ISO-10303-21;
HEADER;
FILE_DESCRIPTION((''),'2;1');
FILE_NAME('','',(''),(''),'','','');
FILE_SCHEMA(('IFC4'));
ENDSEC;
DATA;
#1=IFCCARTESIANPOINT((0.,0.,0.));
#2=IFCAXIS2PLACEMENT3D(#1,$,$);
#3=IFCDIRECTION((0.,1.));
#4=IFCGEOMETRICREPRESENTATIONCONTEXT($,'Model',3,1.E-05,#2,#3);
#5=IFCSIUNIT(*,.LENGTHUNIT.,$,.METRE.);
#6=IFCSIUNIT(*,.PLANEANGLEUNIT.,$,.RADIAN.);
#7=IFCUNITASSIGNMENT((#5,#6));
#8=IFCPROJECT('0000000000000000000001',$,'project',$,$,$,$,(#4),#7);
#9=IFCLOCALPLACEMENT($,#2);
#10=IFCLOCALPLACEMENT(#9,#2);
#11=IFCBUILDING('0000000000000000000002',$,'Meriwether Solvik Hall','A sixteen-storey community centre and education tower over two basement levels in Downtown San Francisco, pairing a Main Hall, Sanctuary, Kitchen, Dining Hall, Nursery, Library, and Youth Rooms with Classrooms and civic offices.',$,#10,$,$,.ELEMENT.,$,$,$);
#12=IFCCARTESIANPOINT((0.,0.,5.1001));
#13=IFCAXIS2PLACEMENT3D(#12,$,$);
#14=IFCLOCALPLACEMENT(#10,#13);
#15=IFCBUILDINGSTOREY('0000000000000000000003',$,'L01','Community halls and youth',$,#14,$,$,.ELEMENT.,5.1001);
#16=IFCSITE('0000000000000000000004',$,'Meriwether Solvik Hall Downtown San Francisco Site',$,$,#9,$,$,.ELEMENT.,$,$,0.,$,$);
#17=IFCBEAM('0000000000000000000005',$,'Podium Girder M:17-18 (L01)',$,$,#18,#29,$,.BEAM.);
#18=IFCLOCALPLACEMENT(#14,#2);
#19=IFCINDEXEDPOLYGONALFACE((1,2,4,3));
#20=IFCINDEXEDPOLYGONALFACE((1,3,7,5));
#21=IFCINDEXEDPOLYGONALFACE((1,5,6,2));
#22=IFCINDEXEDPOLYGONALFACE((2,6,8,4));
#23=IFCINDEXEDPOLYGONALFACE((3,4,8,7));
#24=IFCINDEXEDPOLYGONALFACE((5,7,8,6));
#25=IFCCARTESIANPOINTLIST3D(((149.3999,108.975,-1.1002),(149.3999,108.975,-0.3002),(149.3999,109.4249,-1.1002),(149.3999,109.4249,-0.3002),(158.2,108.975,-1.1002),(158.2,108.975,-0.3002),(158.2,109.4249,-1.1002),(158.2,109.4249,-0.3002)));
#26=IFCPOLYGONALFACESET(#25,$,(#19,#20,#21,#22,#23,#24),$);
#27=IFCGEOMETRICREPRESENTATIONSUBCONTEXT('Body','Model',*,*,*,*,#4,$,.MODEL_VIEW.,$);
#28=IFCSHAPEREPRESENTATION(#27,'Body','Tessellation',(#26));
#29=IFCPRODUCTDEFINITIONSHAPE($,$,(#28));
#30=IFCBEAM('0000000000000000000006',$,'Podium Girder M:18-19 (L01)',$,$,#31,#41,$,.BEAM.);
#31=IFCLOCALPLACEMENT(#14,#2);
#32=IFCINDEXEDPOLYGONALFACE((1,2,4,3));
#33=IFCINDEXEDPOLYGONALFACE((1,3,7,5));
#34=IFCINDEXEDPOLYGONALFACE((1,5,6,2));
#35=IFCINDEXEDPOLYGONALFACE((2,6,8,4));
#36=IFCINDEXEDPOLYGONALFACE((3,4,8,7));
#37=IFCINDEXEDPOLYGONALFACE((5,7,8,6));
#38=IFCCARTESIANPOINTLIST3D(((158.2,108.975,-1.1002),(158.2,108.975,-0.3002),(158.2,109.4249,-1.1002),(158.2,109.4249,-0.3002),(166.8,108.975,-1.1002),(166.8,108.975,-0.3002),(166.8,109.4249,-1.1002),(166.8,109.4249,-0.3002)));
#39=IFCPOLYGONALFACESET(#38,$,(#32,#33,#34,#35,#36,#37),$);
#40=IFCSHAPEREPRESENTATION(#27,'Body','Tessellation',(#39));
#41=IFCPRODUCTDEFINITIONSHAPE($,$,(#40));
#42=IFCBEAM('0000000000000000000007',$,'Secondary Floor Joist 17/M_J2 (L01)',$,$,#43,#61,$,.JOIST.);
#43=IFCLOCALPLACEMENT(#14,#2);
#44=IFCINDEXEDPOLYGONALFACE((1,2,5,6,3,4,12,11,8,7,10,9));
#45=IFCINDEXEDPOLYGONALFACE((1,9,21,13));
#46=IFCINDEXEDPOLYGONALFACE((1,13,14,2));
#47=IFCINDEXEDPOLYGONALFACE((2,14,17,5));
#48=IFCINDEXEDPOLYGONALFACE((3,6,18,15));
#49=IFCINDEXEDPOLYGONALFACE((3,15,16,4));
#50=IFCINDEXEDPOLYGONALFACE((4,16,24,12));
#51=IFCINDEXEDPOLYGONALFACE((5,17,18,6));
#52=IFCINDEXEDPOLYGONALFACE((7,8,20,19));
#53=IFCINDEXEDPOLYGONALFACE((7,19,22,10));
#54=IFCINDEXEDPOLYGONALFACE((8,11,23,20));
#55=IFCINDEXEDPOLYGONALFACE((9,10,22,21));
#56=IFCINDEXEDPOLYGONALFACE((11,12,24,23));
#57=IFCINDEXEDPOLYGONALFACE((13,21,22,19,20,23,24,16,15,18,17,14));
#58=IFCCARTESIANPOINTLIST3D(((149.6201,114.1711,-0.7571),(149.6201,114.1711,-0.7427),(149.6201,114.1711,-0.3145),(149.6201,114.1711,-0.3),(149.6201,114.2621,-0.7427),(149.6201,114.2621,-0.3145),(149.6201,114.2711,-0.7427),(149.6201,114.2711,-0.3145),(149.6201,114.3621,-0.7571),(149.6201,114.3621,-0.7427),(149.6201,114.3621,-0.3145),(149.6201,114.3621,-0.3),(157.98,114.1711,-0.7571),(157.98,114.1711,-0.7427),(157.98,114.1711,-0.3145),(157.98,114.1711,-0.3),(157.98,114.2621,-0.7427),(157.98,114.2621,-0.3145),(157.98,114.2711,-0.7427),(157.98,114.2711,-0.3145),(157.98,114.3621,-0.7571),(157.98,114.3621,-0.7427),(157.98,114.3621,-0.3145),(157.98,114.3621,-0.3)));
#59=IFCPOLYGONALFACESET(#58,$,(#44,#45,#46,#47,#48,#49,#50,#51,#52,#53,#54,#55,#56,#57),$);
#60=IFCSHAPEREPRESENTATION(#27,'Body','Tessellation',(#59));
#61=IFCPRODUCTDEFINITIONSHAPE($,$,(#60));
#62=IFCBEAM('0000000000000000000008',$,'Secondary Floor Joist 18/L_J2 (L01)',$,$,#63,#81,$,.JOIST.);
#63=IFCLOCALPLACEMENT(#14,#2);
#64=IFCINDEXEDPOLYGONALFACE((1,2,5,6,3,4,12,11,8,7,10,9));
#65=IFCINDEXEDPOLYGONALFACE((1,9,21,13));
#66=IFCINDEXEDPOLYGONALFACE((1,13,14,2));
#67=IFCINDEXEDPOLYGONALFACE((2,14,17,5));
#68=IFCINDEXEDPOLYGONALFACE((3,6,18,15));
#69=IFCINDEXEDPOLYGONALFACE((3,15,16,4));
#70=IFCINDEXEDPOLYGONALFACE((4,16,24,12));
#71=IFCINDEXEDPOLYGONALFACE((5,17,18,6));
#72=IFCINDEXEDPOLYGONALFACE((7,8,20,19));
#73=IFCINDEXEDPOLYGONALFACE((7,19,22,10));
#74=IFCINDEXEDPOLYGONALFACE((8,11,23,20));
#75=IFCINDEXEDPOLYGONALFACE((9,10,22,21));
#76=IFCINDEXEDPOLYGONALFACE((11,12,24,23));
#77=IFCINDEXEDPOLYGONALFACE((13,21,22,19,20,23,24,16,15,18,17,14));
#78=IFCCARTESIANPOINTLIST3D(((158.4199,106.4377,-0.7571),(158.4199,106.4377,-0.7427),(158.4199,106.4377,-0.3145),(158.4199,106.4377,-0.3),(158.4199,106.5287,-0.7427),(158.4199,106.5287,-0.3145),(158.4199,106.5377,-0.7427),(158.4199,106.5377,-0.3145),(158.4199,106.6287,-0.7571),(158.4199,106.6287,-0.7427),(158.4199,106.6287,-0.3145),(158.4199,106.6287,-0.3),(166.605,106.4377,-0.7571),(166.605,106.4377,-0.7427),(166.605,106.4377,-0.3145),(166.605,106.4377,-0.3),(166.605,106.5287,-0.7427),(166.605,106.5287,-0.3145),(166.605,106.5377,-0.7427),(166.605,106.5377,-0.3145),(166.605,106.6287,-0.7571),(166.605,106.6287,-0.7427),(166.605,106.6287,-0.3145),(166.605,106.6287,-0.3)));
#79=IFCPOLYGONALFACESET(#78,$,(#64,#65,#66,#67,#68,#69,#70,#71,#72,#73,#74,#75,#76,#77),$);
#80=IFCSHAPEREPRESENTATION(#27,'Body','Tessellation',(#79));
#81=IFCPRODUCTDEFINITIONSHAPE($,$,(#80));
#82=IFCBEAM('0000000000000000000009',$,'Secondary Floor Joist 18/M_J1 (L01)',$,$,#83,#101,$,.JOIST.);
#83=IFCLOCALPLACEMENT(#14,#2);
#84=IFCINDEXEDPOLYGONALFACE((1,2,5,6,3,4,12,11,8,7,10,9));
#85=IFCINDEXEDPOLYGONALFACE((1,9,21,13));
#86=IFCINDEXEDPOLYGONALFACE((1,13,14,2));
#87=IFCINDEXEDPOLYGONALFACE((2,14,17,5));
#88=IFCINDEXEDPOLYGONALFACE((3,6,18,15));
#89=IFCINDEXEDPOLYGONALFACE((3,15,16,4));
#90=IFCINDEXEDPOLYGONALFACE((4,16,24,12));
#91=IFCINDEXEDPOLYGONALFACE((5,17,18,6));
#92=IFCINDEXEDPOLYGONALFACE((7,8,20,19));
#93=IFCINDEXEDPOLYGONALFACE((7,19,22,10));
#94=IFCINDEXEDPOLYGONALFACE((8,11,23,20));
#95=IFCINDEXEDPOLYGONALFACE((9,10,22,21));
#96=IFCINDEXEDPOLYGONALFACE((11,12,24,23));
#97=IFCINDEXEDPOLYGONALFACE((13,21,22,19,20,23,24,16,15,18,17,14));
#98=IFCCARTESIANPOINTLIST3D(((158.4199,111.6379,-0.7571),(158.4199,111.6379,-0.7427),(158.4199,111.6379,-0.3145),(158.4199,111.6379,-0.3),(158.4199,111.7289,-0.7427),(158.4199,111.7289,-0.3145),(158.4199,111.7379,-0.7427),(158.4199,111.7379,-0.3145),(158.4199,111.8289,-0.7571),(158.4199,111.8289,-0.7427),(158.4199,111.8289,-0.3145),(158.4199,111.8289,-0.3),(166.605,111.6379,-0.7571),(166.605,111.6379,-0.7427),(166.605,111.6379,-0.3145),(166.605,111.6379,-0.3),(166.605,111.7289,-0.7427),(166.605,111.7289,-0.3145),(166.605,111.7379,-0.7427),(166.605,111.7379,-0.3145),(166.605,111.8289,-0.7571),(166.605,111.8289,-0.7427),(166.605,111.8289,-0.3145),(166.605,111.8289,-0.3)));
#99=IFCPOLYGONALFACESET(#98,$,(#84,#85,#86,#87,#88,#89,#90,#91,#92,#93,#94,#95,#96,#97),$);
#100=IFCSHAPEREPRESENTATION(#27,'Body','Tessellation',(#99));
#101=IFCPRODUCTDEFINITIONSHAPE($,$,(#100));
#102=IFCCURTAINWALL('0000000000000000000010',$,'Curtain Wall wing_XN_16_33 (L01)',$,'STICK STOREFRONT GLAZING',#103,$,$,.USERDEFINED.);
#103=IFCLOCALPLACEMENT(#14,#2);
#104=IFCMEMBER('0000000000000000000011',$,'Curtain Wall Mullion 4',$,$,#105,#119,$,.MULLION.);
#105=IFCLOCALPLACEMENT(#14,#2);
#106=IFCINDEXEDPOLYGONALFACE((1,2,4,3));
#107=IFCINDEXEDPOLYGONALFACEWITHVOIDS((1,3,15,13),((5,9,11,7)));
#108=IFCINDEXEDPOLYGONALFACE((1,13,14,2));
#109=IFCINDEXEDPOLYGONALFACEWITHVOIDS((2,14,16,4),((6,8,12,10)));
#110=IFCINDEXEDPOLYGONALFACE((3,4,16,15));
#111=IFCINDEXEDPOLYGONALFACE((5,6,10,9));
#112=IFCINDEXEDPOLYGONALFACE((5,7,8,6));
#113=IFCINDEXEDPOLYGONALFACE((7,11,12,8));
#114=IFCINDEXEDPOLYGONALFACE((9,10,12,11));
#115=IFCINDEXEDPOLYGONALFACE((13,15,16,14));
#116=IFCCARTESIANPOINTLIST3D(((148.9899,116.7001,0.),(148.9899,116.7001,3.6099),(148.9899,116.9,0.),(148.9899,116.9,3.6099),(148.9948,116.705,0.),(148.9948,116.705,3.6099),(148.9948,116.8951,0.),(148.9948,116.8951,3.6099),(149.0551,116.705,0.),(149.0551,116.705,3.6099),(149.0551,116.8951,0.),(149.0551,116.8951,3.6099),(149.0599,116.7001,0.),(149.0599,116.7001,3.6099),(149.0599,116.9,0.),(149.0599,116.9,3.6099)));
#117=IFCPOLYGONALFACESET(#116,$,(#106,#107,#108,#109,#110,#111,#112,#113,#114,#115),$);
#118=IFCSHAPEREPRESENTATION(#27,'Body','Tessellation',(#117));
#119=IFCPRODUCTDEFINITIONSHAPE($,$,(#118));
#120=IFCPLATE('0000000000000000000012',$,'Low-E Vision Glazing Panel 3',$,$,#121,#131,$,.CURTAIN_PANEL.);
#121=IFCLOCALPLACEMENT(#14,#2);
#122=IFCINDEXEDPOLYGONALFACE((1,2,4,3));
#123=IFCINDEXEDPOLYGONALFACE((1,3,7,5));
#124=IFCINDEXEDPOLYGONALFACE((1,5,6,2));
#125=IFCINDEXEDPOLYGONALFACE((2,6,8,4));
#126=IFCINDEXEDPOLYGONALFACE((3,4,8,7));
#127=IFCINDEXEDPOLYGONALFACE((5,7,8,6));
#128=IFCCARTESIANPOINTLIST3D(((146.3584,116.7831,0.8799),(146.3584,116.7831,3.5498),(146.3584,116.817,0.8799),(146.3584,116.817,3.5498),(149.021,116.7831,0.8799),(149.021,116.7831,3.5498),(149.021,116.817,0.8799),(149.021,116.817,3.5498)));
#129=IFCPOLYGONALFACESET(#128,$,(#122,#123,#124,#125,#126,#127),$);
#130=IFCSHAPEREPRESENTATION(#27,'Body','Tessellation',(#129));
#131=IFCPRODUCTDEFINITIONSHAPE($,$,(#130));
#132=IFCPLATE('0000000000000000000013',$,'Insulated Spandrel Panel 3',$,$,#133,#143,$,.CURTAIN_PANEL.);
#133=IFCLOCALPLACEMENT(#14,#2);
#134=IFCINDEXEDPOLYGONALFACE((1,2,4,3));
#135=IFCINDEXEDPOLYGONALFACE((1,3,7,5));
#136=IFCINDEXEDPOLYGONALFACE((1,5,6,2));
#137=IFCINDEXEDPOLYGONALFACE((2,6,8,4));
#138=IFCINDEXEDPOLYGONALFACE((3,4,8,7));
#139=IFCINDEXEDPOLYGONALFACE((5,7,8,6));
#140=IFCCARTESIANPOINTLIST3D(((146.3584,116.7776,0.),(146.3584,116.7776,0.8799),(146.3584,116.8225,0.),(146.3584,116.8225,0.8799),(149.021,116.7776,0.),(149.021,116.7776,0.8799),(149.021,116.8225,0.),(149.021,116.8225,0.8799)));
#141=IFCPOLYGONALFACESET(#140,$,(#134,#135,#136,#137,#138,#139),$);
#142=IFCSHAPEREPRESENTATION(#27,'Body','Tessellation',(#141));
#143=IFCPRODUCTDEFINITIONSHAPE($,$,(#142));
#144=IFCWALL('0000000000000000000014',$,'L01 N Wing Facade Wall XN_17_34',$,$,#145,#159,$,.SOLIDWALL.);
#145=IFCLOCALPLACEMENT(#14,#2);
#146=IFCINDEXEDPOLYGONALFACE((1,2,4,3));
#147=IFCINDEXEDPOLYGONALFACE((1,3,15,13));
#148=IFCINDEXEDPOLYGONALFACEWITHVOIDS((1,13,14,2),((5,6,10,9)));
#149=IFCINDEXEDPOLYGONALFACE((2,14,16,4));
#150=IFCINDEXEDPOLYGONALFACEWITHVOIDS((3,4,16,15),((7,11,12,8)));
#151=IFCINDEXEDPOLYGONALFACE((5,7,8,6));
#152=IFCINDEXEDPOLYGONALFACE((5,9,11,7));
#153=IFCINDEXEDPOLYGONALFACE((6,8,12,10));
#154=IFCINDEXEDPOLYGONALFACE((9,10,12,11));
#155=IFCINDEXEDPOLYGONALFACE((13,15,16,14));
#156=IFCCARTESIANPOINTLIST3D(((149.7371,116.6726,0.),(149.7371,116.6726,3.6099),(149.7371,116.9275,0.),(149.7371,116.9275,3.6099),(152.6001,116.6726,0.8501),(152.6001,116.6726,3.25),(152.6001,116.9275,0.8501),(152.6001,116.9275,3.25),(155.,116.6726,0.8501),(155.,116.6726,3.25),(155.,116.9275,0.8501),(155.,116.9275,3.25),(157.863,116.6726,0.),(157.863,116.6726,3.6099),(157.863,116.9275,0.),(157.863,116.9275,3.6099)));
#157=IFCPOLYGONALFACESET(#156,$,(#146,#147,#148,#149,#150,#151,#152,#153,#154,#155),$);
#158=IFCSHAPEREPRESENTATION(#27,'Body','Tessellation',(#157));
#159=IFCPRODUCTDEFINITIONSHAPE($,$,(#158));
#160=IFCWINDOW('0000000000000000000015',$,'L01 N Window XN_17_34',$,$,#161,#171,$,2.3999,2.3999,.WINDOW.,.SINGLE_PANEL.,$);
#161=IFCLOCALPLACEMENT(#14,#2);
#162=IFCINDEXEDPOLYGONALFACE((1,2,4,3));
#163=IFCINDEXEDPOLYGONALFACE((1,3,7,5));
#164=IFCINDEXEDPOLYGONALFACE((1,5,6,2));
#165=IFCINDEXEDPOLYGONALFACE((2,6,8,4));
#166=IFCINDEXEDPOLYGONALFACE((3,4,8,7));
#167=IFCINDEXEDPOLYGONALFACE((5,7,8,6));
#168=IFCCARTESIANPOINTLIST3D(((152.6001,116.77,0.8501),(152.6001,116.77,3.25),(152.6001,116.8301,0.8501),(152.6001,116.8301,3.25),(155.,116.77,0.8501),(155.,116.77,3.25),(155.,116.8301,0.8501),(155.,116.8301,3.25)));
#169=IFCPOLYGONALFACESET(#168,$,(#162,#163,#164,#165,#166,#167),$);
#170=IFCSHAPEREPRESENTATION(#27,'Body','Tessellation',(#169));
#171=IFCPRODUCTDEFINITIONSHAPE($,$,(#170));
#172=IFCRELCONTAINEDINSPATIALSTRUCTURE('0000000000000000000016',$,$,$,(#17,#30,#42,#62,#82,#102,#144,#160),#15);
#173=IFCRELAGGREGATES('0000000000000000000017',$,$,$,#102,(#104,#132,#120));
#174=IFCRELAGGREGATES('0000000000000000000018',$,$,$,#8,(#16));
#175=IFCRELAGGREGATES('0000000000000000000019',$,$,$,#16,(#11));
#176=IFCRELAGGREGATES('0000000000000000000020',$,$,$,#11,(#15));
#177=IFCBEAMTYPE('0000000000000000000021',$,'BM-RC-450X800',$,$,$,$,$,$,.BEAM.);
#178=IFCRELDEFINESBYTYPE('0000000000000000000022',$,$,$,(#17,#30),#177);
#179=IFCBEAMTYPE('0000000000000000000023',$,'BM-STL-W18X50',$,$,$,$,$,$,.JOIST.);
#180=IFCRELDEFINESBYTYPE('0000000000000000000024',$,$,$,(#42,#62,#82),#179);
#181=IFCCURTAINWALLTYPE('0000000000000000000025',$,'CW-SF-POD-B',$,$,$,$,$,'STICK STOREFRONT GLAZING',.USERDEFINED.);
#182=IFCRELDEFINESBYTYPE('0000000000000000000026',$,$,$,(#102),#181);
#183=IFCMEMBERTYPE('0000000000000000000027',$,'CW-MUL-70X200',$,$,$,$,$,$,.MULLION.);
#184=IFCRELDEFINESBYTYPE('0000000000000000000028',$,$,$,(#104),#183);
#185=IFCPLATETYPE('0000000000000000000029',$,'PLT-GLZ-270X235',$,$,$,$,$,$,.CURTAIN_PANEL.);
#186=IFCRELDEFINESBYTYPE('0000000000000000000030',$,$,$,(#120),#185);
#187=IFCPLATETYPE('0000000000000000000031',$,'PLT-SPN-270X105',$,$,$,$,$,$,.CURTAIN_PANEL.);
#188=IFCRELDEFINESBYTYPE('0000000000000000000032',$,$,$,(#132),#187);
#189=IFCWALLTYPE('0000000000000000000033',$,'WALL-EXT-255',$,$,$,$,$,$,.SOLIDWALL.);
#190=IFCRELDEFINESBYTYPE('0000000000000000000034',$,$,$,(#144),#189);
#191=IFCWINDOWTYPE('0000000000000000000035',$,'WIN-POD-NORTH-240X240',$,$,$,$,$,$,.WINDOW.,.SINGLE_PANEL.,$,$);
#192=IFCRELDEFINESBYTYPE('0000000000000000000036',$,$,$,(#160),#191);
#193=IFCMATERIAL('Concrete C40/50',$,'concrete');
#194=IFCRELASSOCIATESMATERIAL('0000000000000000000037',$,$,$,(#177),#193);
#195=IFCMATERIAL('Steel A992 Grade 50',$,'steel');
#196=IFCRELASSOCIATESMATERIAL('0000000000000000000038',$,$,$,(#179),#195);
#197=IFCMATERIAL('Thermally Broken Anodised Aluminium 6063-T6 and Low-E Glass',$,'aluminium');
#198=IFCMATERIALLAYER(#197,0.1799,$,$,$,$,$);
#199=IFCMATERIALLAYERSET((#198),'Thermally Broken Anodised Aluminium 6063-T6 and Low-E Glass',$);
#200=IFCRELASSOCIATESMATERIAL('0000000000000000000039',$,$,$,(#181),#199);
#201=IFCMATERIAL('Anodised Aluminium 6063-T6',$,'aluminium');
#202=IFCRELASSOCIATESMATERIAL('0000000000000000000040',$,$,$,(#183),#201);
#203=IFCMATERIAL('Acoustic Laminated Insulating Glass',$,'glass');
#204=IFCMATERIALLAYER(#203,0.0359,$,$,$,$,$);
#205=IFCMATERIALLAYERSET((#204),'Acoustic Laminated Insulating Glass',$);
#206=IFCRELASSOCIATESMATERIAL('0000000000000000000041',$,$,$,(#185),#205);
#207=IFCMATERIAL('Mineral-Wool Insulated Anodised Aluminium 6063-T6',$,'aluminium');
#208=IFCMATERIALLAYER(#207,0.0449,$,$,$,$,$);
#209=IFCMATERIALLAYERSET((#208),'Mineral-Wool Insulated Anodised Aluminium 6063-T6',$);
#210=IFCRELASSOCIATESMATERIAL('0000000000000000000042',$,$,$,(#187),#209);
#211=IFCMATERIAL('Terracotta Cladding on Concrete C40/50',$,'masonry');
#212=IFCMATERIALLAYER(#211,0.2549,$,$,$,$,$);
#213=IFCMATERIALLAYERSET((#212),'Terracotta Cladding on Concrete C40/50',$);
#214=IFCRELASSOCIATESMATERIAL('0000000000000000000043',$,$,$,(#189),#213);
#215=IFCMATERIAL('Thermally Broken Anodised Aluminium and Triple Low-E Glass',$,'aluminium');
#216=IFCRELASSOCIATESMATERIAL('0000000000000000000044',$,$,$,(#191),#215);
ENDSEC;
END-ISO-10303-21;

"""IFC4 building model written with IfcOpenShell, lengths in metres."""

from ifc_helpers import new_model, si_unit, direction, frame, frame_2d, origin, origin_2d, place, context, subcontext, project, spatial, rectangle, hollow_rectangle, i_section, extrude, material, layer, layer_set, material_profile, profile_set, type_object, element, fill, aggregate, save


model = new_model("IFC4")

# Units and contexts
model_context = context("Model", 3, precision=1e-05, world=origin(), true_north=direction((0.0, 1.0)))
body_context = subcontext(model_context, "Body", "Model", "MODEL_VIEW")
ifc_project = project(units=[si_unit("LENGTHUNIT", "METRE"), si_unit("PLANEANGLEUNIT", "RADIAN")], contexts=[model_context])

# Site, building, storey
site_placement = place(None, origin())
site = spatial("IfcSite", under=ifc_project, at=site_placement, Name="Meriwether Solvik Hall Downtown San Francisco Site", CompositionType="ELEMENT", RefElevation=0.0)
building_placement = place(site_placement, origin())
building = spatial("IfcBuilding", under=site, at=building_placement, Name="Meriwether Solvik Hall", Description="A sixteen-storey community centre and education tower over two basement levels in Downtown San Francisco, pairing a Main Hall, Sanctuary, Kitchen, Dining Hall, Nursery, Library, and Youth Rooms with Classrooms and civic offices.", CompositionType="ELEMENT")
storey_placement = place(building_placement, frame((0.0, 0.0, 5.1001)))
storey = spatial("IfcBuildingStorey", under=building, at=storey_placement, Name="L01", Description="Community halls and youth", CompositionType="ELEMENT", Elevation=5.1001)

# Beams
ifc_material_1 = material(Name="Concrete C40/50", Category="concrete")
ifc_material_profile_1 = material_profile(ifc_material_1, rectangle(XDim=0.45, YDim=0.8, at=origin_2d()), Name="RCB-450X800")
ifc_profile_set_1 = profile_set([ifc_material_profile_1], Name="Concrete C40/50")
beam_type_1 = type_object("IfcBeamType", Name="BM-RC-450X800", PredefinedType="BEAM", material=ifc_profile_set_1)
beam_1_placement = place(storey_placement, frame((149.3999, 109.2, -0.7002), z_axis=(1.0, 0.0, 0.0), x_axis=(0.0, 1.0, 0.0)))
element("IfcBeam", 1, at=beam_1_placement, inside=storey, type_object=beam_type_1, Name="Podium Girder M:17-18 (L01)", PredefinedType="BEAM", context=body_context, shape_type="SweptSolid", body=[
    extrude(rectangle(XDim=0.45, YDim=0.8, at=origin_2d()), origin(), (0.0, 0.0, 1.0), 8.8),
])
beam_2_placement = place(storey_placement, frame((158.2, 109.2, -0.7002), z_axis=(1.0, 0.0, 0.0), x_axis=(0.0, 1.0, 0.0)))
element("IfcBeam", 2, at=beam_2_placement, inside=storey, type_object=beam_type_1, Name="Podium Girder M:18-19 (L01)", PredefinedType="BEAM", context=body_context, shape_type="SweptSolid", body=[
    extrude(rectangle(XDim=0.45, YDim=0.8, at=origin_2d()), origin(), (0.0, 0.0, 1.0), 8.6001),
])
ifc_material_2 = material(Name="Steel A992 Grade 50", Category="steel")
ifc_material_profile_2 = material_profile(ifc_material_2, i_section(OverallWidth=0.1909, OverallDepth=0.457, WebThickness=0.009, FlangeThickness=0.0144, at=origin_2d()), Name="W18X50")
ifc_profile_set_2 = profile_set([ifc_material_profile_2], Name="Steel A992 Grade 50")
beam_type_2 = type_object("IfcBeamType", Name="BM-STL-W18X50", PredefinedType="JOIST", material=ifc_profile_set_2)
beam_3_placement = place(storey_placement, frame((149.6201, 114.2666, -0.5286), z_axis=(1.0, 0.0, 0.0), x_axis=(0.0, 1.0, 0.0)))
element("IfcBeam", 3, at=beam_3_placement, inside=storey, type_object=beam_type_2, Name="Secondary Floor Joist 17/M_J2 (L01)", PredefinedType="JOIST", context=body_context, shape_type="SweptSolid", body=[
    extrude(i_section(OverallWidth=0.1909, OverallDepth=0.457, WebThickness=0.009, FlangeThickness=0.0144, at=origin_2d()), origin(), (0.0, 0.0, 1.0), 8.3599),
])
for number, where, z_axis, x_axis, name in (
    (4, (158.4199, 106.5332, -0.5286), (1.0, 0.0, 0.0), (0.0, 1.0, 0.0), "Secondary Floor Joist 18/L_J2 (L01)"),
    (5, (158.4199, 111.7334, -0.5286), (1.0, 0.0, 0.0), (0.0, 1.0, 0.0), "Secondary Floor Joist 18/M_J1 (L01)"),
):
    element("IfcBeam", number, at=place(storey_placement, frame(where, z_axis=z_axis, x_axis=x_axis)), inside=storey, type_object=beam_type_2, Name=name, PredefinedType="JOIST", context=body_context, shape_type="SweptSolid", body=[
        extrude(i_section(OverallWidth=0.1909, OverallDepth=0.457, WebThickness=0.009, FlangeThickness=0.0144, at=origin_2d()), origin(), (0.0, 0.0, 1.0), 8.1851),
    ])

# Curtain wall, member, plates
ifc_material_3 = material(Name="Thermally Broken Anodised Aluminium 6063-T6 and Low-E Glass", Category="aluminium")
ifc_layer_1 = layer(ifc_material_3, 0.1799)
ifc_layer_set_1 = layer_set([ifc_layer_1], Name="Thermally Broken Anodised Aluminium 6063-T6 and Low-E Glass")
curtain_wall_type = type_object("IfcCurtainWallType", Name="CW-SF-POD-B", ElementType="STICK STOREFRONT GLAZING", PredefinedType="USERDEFINED", material=ifc_layer_set_1)
curtain_wall_placement = place(storey_placement, origin())
curtain_wall = element("IfcCurtainWall", 6, at=curtain_wall_placement, inside=storey, type_object=curtain_wall_type, Name="Curtain Wall wing_XN_16_33 (L01)", ObjectType="STICK STOREFRONT GLAZING", PredefinedType="USERDEFINED")
ifc_material_4 = material(Name="Anodised Aluminium 6063-T6", Category="aluminium")
ifc_material_profile_3 = material_profile(ifc_material_4, hollow_rectangle(XDim=0.0701, YDim=0.2, WallThickness=0.0049, at=origin_2d()), Name="CWM-70X200")
ifc_profile_set_3 = profile_set([ifc_material_profile_3], Name="Anodised Aluminium 6063-T6")
member_type = type_object("IfcMemberType", Name="CW-MUL-70X200", PredefinedType="MULLION", material=ifc_profile_set_3)
member_placement = place(storey_placement, frame((149.0249, 116.8, 0.0), z_axis=(0.0, 0.0, 1.0), x_axis=(1.0, 0.0, 0.0)))
member = element("IfcMember", 7, at=member_placement, type_object=member_type, Name="Curtain Wall Mullion 4", PredefinedType="MULLION", context=body_context, shape_type="SweptSolid", body=[
    extrude(hollow_rectangle(XDim=0.0701, YDim=0.2, WallThickness=0.0049, at=origin_2d()), origin(), (0.0, 0.0, 1.0), 3.6099),
])
ifc_material_5 = material(Name="Acoustic Laminated Insulating Glass", Category="glass")
ifc_layer_2 = layer(ifc_material_5, 0.0359)
ifc_layer_set_2 = layer_set([ifc_layer_2], Name="Acoustic Laminated Insulating Glass")
plate_type_1 = type_object("IfcPlateType", Name="PLT-GLZ-270X235", PredefinedType="CURTAIN_PANEL", material=ifc_layer_set_2)
plate_1_placement = place(storey_placement, frame((147.6897, 116.8, 0.8799), z_axis=(0.0, 0.0, 1.0), x_axis=(1.0, 0.0, 0.0)))
plate_1 = element("IfcPlate", 8, at=plate_1_placement, type_object=plate_type_1, Name="Low-E Vision Glazing Panel 3", PredefinedType="CURTAIN_PANEL", context=body_context, shape_type="SweptSolid", body=[
    extrude(rectangle(XDim=2.6626, YDim=0.0339, at=origin_2d()), origin(), (0.0, 0.0, 1.0), 2.6699),
])
ifc_material_6 = material(Name="Mineral-Wool Insulated Anodised Aluminium 6063-T6", Category="aluminium")
ifc_layer_3 = layer(ifc_material_6, 0.0449)
ifc_layer_set_3 = layer_set([ifc_layer_3], Name="Mineral-Wool Insulated Anodised Aluminium 6063-T6")
plate_type_2 = type_object("IfcPlateType", Name="PLT-SPN-270X105", PredefinedType="CURTAIN_PANEL", material=ifc_layer_set_3)
plate_2_placement = place(storey_placement, frame((147.6897, 116.8, 0.0), z_axis=(0.0, 0.0, 1.0), x_axis=(1.0, 0.0, 0.0)))
plate_2 = element("IfcPlate", 9, at=plate_2_placement, type_object=plate_type_2, Name="Insulated Spandrel Panel 3", PredefinedType="CURTAIN_PANEL", context=body_context, shape_type="SweptSolid", body=[
    extrude(rectangle(XDim=2.6626, YDim=0.0449, at=origin_2d()), origin(), (0.0, 0.0, 1.0), 0.8799),
])
aggregate(curtain_wall, [member, plate_2, plate_1])

# Wall, opening, window
ifc_material_7 = material(Name="Terracotta Cladding on Concrete C40/50", Category="masonry")
ifc_layer_4 = layer(ifc_material_7, 0.2549)
ifc_layer_set_4 = layer_set([ifc_layer_4], Name="Terracotta Cladding on Concrete C40/50")
wall_type = type_object("IfcWallType", Name="WALL-EXT-255", PredefinedType="SOLIDWALL", material=ifc_layer_set_4)
wall_placement = place(storey_placement, frame((149.7371, 116.8, 0.0), z_axis=(0.0, 0.0, 1.0), x_axis=(1.0, 0.0, 0.0)))
wall = element("IfcWall", 10, at=wall_placement, inside=storey, type_object=wall_type, Name="L01 N Wing Facade Wall XN_17_34", PredefinedType="SOLIDWALL", context=body_context, shape_type="SweptSolid", body=[
    extrude(rectangle(XDim=8.126, YDim=0.2549, at=frame_2d((4.063, 0.0))), origin(), (0.0, 0.0, 1.0), 3.6099),
])
opening_placement = place(wall_placement, frame((2.863, 0.0, 0.8501)))
opening = element("IfcOpeningElement", 11, at=opening_placement, cuts=wall, PredefinedType="OPENING", context=body_context, shape_type="SweptSolid", body=[
    extrude(rectangle(XDim=2.3999, YDim=2.3999, at=frame_2d((1.2, 1.2))), frame((0.0, 0.1394, 0.0), z_axis=(0.0, -1.0, 0.0), x_axis=(1.0, 0.0, 0.0)), (0.0, 0.0, 1.0), 0.2788),
])
ifc_material_8 = material(Name="Thermally Broken Anodised Aluminium and Triple Low-E Glass", Category="aluminium")
window_type = type_object("IfcWindowType", Name="WIN-POD-NORTH-240X240", PartitioningType="SINGLE_PANEL", PredefinedType="WINDOW", material=ifc_material_8)
window_placement = place(opening_placement, origin())
window = element("IfcWindow", 12, at=window_placement, inside=storey, type_object=window_type, Name="L01 N Window XN_17_34", OverallHeight=2.3999, OverallWidth=2.3999, PartitioningType="SINGLE_PANEL", PredefinedType="WINDOW", context=body_context, shape_type="SweptSolid", body=[
    extrude(rectangle(XDim=2.3999, YDim=2.3999, at=frame_2d((1.2, 1.2))), frame((0.0, 0.03, 0.0), z_axis=(0.0, -1.0, 0.0), x_axis=(1.0, 0.0, 0.0)), (0.0, 0.0, 1.0), 0.0601),
])
fill(opening, window)

save(model, "model.ifc")
